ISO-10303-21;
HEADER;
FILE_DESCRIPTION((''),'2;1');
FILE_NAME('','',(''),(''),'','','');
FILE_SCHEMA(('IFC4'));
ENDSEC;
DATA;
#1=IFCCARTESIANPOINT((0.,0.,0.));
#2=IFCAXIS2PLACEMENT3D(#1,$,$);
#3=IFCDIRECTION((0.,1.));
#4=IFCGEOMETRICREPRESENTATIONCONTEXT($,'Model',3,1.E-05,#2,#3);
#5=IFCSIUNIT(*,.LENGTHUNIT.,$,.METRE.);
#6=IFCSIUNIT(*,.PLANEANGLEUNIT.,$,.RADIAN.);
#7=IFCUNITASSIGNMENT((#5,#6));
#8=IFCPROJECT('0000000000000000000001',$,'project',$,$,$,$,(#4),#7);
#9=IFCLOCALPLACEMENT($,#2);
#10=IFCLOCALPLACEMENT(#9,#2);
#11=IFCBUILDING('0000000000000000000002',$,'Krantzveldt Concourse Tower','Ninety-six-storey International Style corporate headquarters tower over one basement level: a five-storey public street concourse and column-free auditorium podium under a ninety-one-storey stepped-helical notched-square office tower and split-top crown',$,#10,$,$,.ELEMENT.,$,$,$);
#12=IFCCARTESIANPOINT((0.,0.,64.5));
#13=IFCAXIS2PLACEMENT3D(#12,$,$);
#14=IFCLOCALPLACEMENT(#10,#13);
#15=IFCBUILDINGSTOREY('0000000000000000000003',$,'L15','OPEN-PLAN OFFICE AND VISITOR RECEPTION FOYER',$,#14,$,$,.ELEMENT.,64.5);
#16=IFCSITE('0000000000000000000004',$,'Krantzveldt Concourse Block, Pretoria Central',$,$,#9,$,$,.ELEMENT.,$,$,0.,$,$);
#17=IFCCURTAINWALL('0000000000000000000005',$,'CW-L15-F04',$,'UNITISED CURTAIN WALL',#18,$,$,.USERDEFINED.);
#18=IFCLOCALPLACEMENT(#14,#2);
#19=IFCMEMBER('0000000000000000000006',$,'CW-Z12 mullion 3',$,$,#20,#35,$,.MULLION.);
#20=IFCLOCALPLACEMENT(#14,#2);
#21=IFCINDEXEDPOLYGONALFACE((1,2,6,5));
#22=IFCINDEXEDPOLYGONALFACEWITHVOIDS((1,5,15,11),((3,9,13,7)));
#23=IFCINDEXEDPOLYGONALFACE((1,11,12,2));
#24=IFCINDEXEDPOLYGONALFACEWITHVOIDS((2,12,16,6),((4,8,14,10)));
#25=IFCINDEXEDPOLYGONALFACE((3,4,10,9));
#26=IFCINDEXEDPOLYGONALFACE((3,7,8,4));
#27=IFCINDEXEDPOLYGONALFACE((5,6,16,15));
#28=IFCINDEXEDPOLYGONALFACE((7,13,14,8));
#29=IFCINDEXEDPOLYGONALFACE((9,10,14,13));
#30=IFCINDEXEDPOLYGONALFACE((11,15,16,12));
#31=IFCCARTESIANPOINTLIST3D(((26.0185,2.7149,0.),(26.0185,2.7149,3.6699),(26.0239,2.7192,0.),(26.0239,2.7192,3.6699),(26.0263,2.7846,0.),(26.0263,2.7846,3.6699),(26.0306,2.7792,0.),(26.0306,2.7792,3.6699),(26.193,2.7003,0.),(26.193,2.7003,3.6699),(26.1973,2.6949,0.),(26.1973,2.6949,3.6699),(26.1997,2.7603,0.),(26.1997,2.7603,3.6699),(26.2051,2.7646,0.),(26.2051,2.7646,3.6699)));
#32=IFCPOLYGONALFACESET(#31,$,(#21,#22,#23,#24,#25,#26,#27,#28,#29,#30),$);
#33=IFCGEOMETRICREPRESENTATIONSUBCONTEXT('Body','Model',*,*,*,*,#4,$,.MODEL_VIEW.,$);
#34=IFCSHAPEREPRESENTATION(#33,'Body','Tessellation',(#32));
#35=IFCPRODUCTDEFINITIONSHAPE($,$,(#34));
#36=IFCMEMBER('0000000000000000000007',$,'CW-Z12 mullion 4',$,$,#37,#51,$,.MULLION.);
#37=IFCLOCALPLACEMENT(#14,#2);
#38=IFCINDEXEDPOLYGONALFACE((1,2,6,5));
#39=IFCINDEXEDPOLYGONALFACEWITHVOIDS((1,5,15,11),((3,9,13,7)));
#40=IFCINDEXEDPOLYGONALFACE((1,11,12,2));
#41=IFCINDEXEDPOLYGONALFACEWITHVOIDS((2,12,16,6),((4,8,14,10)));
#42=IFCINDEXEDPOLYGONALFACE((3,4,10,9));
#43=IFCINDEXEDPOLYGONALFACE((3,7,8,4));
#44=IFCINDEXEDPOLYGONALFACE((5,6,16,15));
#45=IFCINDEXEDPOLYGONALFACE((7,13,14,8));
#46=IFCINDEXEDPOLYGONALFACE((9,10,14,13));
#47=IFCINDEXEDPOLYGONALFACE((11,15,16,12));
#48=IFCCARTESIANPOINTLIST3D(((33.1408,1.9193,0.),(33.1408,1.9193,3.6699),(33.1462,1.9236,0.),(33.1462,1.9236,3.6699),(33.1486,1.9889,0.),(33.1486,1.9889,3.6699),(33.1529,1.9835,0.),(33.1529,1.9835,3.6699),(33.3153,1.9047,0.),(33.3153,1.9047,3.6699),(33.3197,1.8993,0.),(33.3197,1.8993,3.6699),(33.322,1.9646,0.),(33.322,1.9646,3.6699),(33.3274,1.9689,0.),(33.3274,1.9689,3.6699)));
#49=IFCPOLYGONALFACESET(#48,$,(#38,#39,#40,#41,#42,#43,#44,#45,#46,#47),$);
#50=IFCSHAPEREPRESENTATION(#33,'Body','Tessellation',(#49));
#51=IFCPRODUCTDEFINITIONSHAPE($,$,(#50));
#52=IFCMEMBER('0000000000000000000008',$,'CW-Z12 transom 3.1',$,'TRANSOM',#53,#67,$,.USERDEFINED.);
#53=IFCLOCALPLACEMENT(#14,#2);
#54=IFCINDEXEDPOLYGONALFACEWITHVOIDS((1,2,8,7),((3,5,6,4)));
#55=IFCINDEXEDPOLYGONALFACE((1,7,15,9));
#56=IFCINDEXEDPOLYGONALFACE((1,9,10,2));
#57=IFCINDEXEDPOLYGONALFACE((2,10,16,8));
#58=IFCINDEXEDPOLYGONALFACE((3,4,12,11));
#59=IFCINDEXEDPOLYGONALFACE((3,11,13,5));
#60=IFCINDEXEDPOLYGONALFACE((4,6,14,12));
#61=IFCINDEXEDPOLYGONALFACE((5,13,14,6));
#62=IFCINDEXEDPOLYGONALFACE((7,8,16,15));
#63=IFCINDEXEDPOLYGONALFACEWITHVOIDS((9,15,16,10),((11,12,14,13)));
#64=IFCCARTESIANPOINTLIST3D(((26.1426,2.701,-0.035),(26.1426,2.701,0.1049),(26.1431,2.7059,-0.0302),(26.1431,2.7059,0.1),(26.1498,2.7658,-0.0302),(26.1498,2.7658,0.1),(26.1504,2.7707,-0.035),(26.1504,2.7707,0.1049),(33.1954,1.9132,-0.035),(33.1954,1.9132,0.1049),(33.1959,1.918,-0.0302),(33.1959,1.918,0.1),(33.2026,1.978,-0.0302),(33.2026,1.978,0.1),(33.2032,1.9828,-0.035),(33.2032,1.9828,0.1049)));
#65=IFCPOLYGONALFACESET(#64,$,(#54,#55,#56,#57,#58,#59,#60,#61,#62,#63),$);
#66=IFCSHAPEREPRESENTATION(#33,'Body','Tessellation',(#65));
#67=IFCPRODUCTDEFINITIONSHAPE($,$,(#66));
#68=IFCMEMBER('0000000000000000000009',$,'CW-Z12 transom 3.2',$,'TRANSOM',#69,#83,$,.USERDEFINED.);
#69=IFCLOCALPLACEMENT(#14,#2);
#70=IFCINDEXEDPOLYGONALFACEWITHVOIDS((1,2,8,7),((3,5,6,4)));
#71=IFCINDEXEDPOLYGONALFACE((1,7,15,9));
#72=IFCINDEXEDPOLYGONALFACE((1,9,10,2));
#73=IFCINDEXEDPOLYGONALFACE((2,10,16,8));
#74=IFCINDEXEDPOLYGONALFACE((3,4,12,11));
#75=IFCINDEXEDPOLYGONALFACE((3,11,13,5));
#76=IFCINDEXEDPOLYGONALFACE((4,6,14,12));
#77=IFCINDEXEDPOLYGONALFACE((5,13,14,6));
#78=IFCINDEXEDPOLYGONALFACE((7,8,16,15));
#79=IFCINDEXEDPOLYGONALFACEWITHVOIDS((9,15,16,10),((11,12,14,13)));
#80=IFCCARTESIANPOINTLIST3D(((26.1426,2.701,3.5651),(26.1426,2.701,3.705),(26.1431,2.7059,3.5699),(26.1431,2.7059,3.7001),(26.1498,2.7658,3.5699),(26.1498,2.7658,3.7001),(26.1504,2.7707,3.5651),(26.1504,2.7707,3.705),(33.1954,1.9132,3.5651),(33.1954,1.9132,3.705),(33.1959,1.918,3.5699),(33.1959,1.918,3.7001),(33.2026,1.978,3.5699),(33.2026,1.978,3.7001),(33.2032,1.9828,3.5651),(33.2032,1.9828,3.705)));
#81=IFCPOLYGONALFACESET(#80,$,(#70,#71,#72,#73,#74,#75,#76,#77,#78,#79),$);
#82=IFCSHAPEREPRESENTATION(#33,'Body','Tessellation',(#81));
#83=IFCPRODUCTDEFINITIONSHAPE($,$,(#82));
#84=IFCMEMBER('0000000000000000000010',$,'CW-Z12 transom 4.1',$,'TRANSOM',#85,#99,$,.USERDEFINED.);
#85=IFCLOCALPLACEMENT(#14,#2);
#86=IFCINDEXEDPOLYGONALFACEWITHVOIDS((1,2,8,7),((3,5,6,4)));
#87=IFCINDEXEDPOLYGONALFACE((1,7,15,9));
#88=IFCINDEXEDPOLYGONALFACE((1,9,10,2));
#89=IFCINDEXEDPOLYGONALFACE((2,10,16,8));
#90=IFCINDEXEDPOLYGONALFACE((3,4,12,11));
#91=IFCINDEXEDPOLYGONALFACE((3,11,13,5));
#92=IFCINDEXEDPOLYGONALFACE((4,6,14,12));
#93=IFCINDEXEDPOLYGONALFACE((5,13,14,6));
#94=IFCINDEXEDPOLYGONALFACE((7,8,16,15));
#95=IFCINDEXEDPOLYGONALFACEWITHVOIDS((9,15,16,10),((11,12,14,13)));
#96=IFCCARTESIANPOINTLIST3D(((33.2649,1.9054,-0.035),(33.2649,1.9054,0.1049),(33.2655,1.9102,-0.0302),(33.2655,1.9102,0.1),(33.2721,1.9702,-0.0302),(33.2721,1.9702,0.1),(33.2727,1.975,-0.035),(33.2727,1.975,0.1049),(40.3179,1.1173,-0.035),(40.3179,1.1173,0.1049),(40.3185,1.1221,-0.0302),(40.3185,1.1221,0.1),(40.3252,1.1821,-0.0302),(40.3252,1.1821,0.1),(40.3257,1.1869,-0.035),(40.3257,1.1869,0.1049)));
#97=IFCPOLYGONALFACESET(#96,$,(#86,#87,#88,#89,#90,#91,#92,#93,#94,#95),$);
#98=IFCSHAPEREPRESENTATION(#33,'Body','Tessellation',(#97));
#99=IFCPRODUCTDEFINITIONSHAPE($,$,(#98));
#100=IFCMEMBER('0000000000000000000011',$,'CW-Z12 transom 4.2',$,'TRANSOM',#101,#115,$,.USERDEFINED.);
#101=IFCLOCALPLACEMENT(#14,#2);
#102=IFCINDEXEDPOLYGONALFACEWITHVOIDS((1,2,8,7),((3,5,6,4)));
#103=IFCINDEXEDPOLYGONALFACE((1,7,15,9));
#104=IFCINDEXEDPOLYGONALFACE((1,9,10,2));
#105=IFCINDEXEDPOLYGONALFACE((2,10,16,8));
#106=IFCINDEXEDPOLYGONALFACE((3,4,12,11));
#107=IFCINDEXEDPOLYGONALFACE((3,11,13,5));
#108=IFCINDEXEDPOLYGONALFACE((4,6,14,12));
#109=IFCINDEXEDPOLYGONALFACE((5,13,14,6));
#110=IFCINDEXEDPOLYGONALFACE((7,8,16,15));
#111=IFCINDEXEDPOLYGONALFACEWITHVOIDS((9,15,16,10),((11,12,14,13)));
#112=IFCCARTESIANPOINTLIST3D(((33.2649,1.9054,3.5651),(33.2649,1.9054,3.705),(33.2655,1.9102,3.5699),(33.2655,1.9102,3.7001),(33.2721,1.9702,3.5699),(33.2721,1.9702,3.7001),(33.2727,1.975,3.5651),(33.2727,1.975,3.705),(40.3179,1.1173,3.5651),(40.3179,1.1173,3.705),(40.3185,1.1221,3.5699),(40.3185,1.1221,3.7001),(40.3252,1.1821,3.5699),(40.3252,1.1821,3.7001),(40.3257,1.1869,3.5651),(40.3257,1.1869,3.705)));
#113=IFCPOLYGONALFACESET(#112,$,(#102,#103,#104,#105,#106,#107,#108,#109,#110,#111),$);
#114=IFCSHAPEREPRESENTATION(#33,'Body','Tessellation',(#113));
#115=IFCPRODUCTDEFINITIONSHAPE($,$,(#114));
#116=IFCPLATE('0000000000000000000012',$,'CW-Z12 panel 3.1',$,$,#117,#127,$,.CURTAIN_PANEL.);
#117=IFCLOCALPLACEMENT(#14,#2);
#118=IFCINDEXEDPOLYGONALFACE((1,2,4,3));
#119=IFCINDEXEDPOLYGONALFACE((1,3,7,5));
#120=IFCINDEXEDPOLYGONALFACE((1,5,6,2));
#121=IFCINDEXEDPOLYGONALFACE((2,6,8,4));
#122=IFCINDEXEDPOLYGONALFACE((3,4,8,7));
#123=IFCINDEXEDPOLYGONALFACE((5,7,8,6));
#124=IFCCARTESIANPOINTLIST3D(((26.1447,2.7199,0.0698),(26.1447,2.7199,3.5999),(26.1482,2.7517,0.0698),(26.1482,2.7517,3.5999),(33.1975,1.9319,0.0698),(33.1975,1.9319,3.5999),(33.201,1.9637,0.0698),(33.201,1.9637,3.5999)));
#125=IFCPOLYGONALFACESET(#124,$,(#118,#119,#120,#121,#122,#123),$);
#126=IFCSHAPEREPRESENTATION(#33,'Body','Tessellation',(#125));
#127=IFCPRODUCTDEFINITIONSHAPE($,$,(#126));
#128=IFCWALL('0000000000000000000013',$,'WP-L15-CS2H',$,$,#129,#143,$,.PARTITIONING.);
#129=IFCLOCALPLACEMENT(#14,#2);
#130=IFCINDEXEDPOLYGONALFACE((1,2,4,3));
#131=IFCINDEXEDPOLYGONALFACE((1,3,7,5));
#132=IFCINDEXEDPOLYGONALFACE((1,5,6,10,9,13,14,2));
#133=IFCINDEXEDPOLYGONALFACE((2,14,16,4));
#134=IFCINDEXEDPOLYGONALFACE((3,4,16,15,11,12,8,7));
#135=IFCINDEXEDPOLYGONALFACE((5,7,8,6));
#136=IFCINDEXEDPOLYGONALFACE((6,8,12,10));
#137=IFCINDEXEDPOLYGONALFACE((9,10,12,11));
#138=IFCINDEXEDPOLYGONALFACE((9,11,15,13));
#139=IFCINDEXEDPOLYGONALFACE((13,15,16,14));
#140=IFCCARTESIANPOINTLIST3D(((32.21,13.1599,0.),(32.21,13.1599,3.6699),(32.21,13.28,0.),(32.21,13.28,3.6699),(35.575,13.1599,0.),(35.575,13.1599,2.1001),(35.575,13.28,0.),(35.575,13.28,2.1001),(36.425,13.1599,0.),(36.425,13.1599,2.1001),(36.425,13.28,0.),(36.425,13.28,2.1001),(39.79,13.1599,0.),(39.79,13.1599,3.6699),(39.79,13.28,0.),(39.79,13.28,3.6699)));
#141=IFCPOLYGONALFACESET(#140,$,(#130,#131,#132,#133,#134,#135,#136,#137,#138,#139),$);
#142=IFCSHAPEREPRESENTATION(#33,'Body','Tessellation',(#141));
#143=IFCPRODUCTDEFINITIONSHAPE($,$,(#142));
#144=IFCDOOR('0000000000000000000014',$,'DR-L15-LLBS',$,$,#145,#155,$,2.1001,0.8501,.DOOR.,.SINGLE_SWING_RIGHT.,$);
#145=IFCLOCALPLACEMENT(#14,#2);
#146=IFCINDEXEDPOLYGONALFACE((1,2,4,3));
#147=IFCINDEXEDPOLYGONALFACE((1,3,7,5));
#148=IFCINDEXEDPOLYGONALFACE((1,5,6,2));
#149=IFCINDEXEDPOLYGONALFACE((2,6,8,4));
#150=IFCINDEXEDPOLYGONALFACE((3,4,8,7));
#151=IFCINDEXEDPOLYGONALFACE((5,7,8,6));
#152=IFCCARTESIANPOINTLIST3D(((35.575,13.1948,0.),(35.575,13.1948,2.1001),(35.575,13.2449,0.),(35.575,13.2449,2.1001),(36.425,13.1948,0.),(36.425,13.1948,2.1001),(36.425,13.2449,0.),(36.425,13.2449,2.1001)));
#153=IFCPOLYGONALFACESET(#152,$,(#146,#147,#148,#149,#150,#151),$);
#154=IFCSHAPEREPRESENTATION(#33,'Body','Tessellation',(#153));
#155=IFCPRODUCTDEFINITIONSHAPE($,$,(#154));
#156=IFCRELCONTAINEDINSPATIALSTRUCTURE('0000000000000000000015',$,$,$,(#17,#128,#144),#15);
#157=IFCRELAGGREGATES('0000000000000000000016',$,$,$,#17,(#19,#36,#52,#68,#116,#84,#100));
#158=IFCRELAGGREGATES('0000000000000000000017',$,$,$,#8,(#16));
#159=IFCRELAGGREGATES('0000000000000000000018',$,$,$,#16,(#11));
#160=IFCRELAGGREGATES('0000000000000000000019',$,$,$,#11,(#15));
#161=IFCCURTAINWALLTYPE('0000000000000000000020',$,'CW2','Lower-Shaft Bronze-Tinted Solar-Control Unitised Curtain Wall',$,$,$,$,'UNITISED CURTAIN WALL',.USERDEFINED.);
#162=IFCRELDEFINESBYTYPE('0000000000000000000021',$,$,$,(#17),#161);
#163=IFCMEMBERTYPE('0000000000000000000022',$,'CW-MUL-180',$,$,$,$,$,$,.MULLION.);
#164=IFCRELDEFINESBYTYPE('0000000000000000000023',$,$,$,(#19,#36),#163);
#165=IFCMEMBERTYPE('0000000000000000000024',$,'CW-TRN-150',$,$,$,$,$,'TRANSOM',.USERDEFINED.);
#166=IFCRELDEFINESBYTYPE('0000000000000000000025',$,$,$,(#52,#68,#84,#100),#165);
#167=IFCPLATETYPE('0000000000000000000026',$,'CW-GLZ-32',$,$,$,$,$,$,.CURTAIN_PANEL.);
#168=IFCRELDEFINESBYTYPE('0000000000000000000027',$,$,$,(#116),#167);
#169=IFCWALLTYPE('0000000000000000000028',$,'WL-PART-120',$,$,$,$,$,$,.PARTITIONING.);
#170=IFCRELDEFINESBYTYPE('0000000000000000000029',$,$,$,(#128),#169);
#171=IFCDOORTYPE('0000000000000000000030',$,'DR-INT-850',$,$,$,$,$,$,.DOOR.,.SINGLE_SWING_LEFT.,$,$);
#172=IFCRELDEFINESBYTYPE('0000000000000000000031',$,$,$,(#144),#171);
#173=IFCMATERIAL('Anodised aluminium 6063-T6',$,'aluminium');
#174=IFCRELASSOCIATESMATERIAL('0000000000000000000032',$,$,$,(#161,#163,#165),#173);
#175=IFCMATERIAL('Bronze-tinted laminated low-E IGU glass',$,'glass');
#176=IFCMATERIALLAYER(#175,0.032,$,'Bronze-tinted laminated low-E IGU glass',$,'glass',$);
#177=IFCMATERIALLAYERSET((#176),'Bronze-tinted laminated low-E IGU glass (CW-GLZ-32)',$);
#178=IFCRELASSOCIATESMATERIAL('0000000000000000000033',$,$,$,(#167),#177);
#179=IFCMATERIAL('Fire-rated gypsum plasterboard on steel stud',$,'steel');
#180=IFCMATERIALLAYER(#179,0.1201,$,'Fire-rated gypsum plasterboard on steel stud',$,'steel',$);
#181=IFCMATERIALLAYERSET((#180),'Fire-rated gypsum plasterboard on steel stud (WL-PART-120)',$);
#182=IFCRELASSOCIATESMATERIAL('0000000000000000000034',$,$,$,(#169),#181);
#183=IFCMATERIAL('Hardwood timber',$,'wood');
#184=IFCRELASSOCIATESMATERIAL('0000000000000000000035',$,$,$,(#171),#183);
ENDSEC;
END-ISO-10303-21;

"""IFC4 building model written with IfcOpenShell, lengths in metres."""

from ifc_helpers import new_model, si_unit, direction, frame, frame_2d, origin, origin_2d, place, context, subcontext, project, spatial, rectangle, hollow_rectangle, extrude, source, transform, mapped, material, layer, layer_set, material_profile, profile_set, type_object, type_shapes, element, fill, aggregate, save


model = new_model("IFC4")

# Units and contexts
model_context = context("Model", 3, precision=1e-05, world=origin(), true_north=direction((0.0, 1.0)))
body_context = subcontext(model_context, "Body", "Model", "MODEL_VIEW")
ifc_project = project(units=[si_unit("LENGTHUNIT", "METRE"), si_unit("PLANEANGLEUNIT", "RADIAN")], contexts=[model_context])

# Site, building, storey
site_placement = place(None, origin())
site = spatial("IfcSite", under=ifc_project, at=site_placement, Name="Krantzveldt Concourse Block, Pretoria Central", CompositionType="ELEMENT", RefElevation=0.0)
building_placement = place(site_placement, origin())
building = spatial("IfcBuilding", under=site, at=building_placement, Name="Krantzveldt Concourse Tower", Description="Ninety-six-storey International Style corporate headquarters tower over one basement level: a five-storey public street concourse and column-free auditorium podium under a ninety-one-storey stepped-helical notched-square office tower and split-top crown", CompositionType="ELEMENT")
storey_placement = place(building_placement, frame((0.0, 0.0, 64.5)))
storey = spatial("IfcBuildingStorey", under=building, at=storey_placement, Name="L15", Description="OPEN-PLAN OFFICE AND VISITOR RECEPTION FOYER", CompositionType="ELEMENT", Elevation=64.5)

# Curtain wall, members, plate
ifc_material_1 = material(Name="Anodised aluminium 6063-T6", Category="aluminium")
curtain_wall_type = type_object("IfcCurtainWallType", Name="CW2", Description="Lower-Shaft Bronze-Tinted Solar-Control Unitised Curtain Wall", ElementType="UNITISED CURTAIN WALL", PredefinedType="USERDEFINED", material=ifc_material_1)
curtain_wall_placement = place(storey_placement, origin())
curtain_wall = element("IfcCurtainWall", 1, at=curtain_wall_placement, inside=storey, type_object=curtain_wall_type, Name="CW-L15-F04", ObjectType="UNITISED CURTAIN WALL", PredefinedType="USERDEFINED")
ifc_material_profile_1 = material_profile(ifc_material_1, hollow_rectangle(XDim=0.0701, YDim=0.1799, WallThickness=0.0049, at=origin_2d()), Name="Anodised aluminium 6063-T6", Category="aluminium")
ifc_profile_set_1 = profile_set([ifc_material_profile_1], Name="Anodised aluminium 6063-T6 - ALU-MULL 180x70x5")
member_type_1 = type_object("IfcMemberType", Name="CW-MUL-180", PredefinedType="MULLION", material=ifc_profile_set_1)
shared_shape_1 = source(origin(), body_context, "Body", "SweptSolid", [
    extrude(hollow_rectangle(XDim=0.0701, YDim=0.1799, WallThickness=0.0049, at=origin_2d()), origin(), (0.0, 0.0, 1.0), 3.6699),
])
type_shapes(member_type_1, [shared_shape_1])
member_1_placement = place(storey_placement, frame((26.1118, 2.7397, 0.0), z_axis=(0.0, 0.0, 1.0), x_axis=(0.111035, 0.993816, 0.0)))
member_1 = element("IfcMember", 2, at=member_1_placement, type_object=member_type_1, Name="CW-Z12 mullion 3", PredefinedType="MULLION", context=body_context, shape_type="MappedRepresentation", body=[
    mapped(shared_shape_1, transform((0.0, 0.0, 0.0), x_axis=(1.0, 0.0, 0.0), y_axis=(0.0, 1.0, 0.0), z_axis=(0.0, 0.0, 1.0), scale=1.0)),
])
member_2_placement = place(storey_placement, frame((33.2341, 1.9441, 0.0), z_axis=(0.0, 0.0, 1.0), x_axis=(0.111035, 0.993816, 0.0)))
member_2 = element("IfcMember", 3, at=member_2_placement, type_object=member_type_1, Name="CW-Z12 mullion 4", PredefinedType="MULLION", context=body_context, shape_type="MappedRepresentation", body=[
    mapped(shared_shape_1, transform((0.0, 0.0, 0.0), x_axis=(1.0, 0.0, 0.0), y_axis=(0.0, 1.0, 0.0), z_axis=(0.0, 0.0, 1.0), scale=1.0)),
])
ifc_material_profile_2 = material_profile(ifc_material_1, hollow_rectangle(XDim=0.0701, YDim=0.1399, WallThickness=0.0049, at=origin_2d()), Name="Anodised aluminium 6063-T6", Category="aluminium")
ifc_profile_set_2 = profile_set([ifc_material_profile_2], Name="Anodised aluminium 6063-T6 - ALU-TRAN 140x70x5")
member_type_2 = type_object("IfcMemberType", Name="CW-TRN-150", ElementType="TRANSOM", PredefinedType="USERDEFINED", material=ifc_profile_set_2)
shared_shape_2 = source(origin(), body_context, "Body", "SweptSolid", [
    extrude(hollow_rectangle(XDim=0.0701, YDim=0.1399, WallThickness=0.0049, at=origin_2d()), origin(), (0.0, 0.0, 1.0), 7.0967),
])
member_3_placement = place(storey_placement, frame((26.1465, 2.7358, 0.0349), z_axis=(0.993819, -0.111017, 0.0), x_axis=(0.111017, 0.993819, 0.0)))
member_3 = element("IfcMember", 4, at=member_3_placement, type_object=member_type_2, Name="CW-Z12 transom 3.1", ObjectType="TRANSOM", PredefinedType="USERDEFINED", context=body_context, shape_type="MappedRepresentation", body=[
    mapped(shared_shape_2, transform((0.0, 0.0, 0.0), x_axis=(1.0, 0.0, 0.0), y_axis=(0.0, 1.0, 0.0), z_axis=(0.0, 0.0, 1.0), scale=1.0)),
])
member_4_placement = place(storey_placement, frame((26.1465, 2.7358, 3.635), z_axis=(0.993819, -0.111017, 0.0), x_axis=(0.111017, 0.993819, 0.0)))
member_4 = element("IfcMember", 5, at=member_4_placement, type_object=member_type_2, Name="CW-Z12 transom 3.2", ObjectType="TRANSOM", PredefinedType="USERDEFINED", context=body_context, shape_type="MappedRepresentation", body=[
    mapped(shared_shape_2, transform((0.0, 0.0, 0.0), x_axis=(1.0, 0.0, 0.0), y_axis=(0.0, 1.0, 0.0), z_axis=(0.0, 0.0, 1.0), scale=1.0)),
])
shared_shape_3 = source(origin(), body_context, "Body", "SweptSolid", [
    extrude(hollow_rectangle(XDim=0.0701, YDim=0.1399, WallThickness=0.0049, at=origin_2d()), origin(), (0.0, 0.0, 1.0), 7.0969),
])
type_shapes(member_type_2, [shared_shape_2, shared_shape_3])
member_5_placement = place(storey_placement, frame((33.2688, 1.9402, 0.0349), z_axis=(0.993815, -0.111047, 0.0), x_axis=(0.111047, 0.993815, 0.0)))
member_5 = element("IfcMember", 6, at=member_5_placement, type_object=member_type_2, Name="CW-Z12 transom 4.1", ObjectType="TRANSOM", PredefinedType="USERDEFINED", context=body_context, shape_type="MappedRepresentation", body=[
    mapped(shared_shape_3, transform((0.0, 0.0, 0.0), x_axis=(1.0, 0.0, 0.0), y_axis=(0.0, 1.0, 0.0), z_axis=(0.0, 0.0, 1.0), scale=1.0)),
])
member_6_placement = place(storey_placement, frame((33.2688, 1.9402, 3.635), z_axis=(0.993815, -0.111047, 0.0), x_axis=(0.111047, 0.993815, 0.0)))
member_6 = element("IfcMember", 7, at=member_6_placement, type_object=member_type_2, Name="CW-Z12 transom 4.2", ObjectType="TRANSOM", PredefinedType="USERDEFINED", context=body_context, shape_type="MappedRepresentation", body=[
    mapped(shared_shape_3, transform((0.0, 0.0, 0.0), x_axis=(1.0, 0.0, 0.0), y_axis=(0.0, 1.0, 0.0), z_axis=(0.0, 0.0, 1.0), scale=1.0)),
])
ifc_material_2 = material(Name="Bronze-tinted laminated low-E IGU glass", Category="glass")
ifc_layer_1 = layer(ifc_material_2, 0.032, Name="Bronze-tinted laminated low-E IGU glass", Category="glass")
ifc_layer_set_1 = layer_set([ifc_layer_1], Name="Bronze-tinted laminated low-E IGU glass (CW-GLZ-32)")
plate_type = type_object("IfcPlateType", Name="CW-GLZ-32", PredefinedType="CURTAIN_PANEL", material=ifc_layer_set_1)
shared_shape_4 = source(origin(), body_context, "Body", "SweptSolid", [
    extrude(rectangle(XDim=7.0967, YDim=0.032, at=origin_2d()), origin(), (0.0, 0.0, 1.0), 3.53),
])
type_shapes(plate_type, [shared_shape_4])
plate_placement = place(storey_placement, frame((29.6729, 2.3418, 0.0698), z_axis=(0.0, 0.0, 1.0), x_axis=(0.993816, -0.111035, 0.0)))
plate = element("IfcPlate", 8, at=plate_placement, type_object=plate_type, Name="CW-Z12 panel 3.1", PredefinedType="CURTAIN_PANEL", context=body_context, shape_type="MappedRepresentation", body=[
    mapped(shared_shape_4, transform((0.0, 0.0, 0.0), x_axis=(1.0, 0.0, 0.0), y_axis=(0.0, 1.0, 0.0), z_axis=(0.0, 0.0, 1.0), scale=1.0)),
])
aggregate(curtain_wall, [member_1, member_2, member_3, member_4, plate, member_5, member_6])

# Wall, opening, door
ifc_material_3 = material(Name="Fire-rated gypsum plasterboard on steel stud", Category="steel")
ifc_layer_2 = layer(ifc_material_3, 0.1201, Name="Fire-rated gypsum plasterboard on steel stud", Category="steel")
ifc_layer_set_2 = layer_set([ifc_layer_2], Name="Fire-rated gypsum plasterboard on steel stud (WL-PART-120)")
wall_type_1 = type_object("IfcWallType", Name="WL-PART-120", PredefinedType="PARTITIONING", material=ifc_layer_set_2)
wall_1_placement = place(storey_placement, frame((32.21, 13.22, 0.0), z_axis=(0.0, 0.0, 1.0), x_axis=(1.0, 0.0, 0.0)))
wall_1 = element("IfcWall", 9, at=wall_1_placement, inside=storey, type_object=wall_type_1, Name="WP-L15-CS2H", PredefinedType="PARTITIONING", context=body_context, shape_type="SweptSolid", body=[
    extrude(rectangle(XDim=7.5801, YDim=0.1201, at=frame_2d((3.79, 0.0))), origin(), (0.0, 0.0, 1.0), 3.6699),
])
opening_1_placement = place(wall_1_placement, frame((3.365, 0.0, 0.0)))
opening_1 = element("IfcOpeningElement", 10, at=opening_1_placement, cuts=wall_1, PredefinedType="OPENING", context=body_context, shape_type="SweptSolid", body=[
    extrude(rectangle(XDim=0.8501, YDim=2.1001, at=frame_2d((0.425, 1.05))), frame((0.0, 0.0701, 0.0), z_axis=(0.0, -1.0, 0.0), x_axis=(1.0, 0.0, 0.0)), (0.0, 0.0, 1.0), 0.1401),
])
ifc_material_4 = material(Name="Hardwood timber", Category="wood")
door_type_1 = type_object("IfcDoorType", Name="DR-INT-850", OperationType="SINGLE_SWING_LEFT", PredefinedType="DOOR", material=ifc_material_4)
door_1_placement = place(opening_1_placement, origin())
door_1 = element("IfcDoor", 11, at=door_1_placement, inside=storey, type_object=door_type_1, Name="DR-L15-LLBS", OperationType="SINGLE_SWING_RIGHT", OverallHeight=2.1001, OverallWidth=0.8501, PredefinedType="DOOR", context=body_context, shape_type="SweptSolid", body=[
    extrude(rectangle(XDim=0.8501, YDim=2.1001, at=frame_2d((0.425, 1.05))), frame((0.0, 0.0249, 0.0), z_axis=(0.0, -1.0, 0.0), x_axis=(1.0, 0.0, 0.0)), (0.0, 0.0, 1.0), 0.05),
])
fill(opening_1, door_1)

save(model, "model.ifc")
